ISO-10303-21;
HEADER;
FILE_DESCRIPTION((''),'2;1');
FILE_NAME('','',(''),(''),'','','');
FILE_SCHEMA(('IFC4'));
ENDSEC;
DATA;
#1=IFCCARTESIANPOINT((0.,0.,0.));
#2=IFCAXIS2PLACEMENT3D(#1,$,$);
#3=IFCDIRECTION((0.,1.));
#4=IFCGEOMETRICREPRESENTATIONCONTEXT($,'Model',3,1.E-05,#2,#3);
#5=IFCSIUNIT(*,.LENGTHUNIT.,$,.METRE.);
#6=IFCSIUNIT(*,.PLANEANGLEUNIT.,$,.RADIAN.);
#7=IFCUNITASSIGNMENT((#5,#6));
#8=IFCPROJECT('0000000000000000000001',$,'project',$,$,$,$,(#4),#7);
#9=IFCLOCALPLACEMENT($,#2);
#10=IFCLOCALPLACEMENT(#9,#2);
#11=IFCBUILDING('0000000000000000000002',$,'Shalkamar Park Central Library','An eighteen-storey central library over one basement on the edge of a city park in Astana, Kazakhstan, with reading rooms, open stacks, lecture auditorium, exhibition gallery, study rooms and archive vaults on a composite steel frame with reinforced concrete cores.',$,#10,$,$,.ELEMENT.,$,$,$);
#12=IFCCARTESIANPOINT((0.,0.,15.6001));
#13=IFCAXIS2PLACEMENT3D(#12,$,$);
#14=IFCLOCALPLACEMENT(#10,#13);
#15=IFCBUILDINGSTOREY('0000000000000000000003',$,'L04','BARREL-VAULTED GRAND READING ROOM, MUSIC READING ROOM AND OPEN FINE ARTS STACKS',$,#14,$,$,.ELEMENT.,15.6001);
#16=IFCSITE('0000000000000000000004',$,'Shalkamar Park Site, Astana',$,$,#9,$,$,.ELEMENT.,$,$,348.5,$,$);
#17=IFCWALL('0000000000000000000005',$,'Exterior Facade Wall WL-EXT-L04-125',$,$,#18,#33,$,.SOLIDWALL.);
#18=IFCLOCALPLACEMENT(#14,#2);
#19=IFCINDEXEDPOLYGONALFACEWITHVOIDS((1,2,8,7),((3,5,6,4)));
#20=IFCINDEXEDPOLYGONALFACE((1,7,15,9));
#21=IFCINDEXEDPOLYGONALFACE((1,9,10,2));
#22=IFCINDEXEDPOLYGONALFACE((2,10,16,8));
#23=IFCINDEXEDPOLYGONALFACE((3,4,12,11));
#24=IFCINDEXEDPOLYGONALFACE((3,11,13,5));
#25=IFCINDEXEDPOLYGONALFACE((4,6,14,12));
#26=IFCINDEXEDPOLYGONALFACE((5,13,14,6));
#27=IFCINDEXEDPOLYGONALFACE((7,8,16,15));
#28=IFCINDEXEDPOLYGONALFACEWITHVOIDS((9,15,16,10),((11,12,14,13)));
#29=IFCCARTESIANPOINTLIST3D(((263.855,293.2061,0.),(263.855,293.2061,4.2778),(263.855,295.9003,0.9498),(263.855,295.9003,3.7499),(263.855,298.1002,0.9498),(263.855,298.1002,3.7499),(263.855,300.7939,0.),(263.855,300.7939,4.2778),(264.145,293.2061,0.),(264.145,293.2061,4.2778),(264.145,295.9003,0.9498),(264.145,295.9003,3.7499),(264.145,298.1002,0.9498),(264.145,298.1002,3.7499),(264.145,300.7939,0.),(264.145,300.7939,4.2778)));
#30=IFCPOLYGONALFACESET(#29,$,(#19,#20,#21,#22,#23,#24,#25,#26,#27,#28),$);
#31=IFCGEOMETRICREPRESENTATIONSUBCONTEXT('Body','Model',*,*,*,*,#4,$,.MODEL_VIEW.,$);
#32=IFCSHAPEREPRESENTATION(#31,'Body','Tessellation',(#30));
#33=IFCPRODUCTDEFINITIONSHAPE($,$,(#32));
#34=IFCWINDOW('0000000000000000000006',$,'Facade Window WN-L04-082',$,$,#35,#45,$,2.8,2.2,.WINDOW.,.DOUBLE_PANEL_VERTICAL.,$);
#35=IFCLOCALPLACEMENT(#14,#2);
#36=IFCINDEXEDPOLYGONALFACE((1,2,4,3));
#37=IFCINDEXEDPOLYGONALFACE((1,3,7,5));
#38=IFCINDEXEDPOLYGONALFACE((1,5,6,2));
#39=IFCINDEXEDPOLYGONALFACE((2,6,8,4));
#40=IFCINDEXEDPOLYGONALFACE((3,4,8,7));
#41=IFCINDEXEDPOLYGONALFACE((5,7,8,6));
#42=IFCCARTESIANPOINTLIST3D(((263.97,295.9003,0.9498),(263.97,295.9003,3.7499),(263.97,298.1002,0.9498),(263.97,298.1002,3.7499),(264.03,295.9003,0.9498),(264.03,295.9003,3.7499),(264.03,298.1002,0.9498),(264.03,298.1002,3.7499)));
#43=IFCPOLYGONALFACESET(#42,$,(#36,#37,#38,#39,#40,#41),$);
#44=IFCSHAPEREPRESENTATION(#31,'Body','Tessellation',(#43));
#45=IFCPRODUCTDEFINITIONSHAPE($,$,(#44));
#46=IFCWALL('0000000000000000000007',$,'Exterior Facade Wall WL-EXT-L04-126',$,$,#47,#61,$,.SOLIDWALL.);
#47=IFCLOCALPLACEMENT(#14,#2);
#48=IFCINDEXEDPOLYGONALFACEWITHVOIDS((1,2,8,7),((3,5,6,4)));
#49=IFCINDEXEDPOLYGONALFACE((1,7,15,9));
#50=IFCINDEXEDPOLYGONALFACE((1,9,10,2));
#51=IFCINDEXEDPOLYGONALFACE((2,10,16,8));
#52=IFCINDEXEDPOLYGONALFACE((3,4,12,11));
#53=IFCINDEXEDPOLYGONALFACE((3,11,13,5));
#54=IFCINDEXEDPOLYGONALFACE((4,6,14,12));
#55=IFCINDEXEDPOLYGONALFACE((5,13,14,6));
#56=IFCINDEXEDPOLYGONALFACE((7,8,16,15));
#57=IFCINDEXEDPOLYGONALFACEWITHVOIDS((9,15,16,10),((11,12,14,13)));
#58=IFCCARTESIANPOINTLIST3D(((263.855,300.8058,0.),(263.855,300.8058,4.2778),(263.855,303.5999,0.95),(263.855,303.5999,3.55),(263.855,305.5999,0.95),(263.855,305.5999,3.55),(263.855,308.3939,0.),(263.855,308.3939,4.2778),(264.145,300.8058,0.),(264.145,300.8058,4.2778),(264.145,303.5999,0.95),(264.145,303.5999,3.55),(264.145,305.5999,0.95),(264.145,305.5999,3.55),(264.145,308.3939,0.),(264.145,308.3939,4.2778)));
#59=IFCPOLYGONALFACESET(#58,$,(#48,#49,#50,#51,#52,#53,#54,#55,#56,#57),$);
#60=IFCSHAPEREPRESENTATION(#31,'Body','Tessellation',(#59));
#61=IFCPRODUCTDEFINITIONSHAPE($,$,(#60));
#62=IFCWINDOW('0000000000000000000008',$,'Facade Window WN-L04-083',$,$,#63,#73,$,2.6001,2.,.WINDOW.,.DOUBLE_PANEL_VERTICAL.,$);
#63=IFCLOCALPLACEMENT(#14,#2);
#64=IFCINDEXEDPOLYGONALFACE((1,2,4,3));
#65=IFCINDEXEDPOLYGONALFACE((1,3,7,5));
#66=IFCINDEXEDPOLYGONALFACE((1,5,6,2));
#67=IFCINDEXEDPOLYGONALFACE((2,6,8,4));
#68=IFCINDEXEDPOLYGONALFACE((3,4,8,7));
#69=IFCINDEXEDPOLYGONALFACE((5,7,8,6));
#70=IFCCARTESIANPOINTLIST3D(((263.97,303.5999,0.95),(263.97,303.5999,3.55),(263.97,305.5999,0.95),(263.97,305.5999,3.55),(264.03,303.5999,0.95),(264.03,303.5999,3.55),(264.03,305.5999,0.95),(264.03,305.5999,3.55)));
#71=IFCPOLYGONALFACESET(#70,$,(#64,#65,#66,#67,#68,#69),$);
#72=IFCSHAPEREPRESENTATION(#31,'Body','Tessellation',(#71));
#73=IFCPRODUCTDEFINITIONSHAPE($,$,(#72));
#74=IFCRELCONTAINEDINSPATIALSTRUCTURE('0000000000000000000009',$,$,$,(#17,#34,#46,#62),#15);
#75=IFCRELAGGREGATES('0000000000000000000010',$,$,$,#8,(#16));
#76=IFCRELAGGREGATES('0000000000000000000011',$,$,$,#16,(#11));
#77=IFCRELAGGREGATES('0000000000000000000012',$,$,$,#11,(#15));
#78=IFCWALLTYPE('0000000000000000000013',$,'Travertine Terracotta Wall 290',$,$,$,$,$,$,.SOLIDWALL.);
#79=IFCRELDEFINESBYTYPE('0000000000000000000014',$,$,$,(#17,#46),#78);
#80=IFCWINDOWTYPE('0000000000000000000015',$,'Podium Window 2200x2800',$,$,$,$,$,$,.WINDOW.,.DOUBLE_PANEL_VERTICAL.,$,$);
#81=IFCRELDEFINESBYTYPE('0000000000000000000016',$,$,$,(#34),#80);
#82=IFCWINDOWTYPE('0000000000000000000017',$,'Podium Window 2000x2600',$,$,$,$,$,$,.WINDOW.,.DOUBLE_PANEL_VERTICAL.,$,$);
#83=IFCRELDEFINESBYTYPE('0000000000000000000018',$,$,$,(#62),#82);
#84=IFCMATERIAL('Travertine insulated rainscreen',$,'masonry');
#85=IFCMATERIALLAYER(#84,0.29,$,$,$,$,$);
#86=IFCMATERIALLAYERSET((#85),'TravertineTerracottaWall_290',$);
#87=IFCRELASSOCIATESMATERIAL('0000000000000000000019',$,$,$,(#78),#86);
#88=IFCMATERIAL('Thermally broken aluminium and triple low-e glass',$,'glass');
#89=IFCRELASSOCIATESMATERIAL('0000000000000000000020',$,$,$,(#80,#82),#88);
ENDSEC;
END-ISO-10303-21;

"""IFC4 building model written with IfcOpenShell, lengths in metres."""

from ifc_helpers import new_model, si_unit, direction, frame, frame_2d, origin, place, context, subcontext, project, spatial, rectangle, extrude, material, layer, layer_set, type_object, element, fill, save


model = new_model("IFC4")

# Units and contexts
model_context = context("Model", 3, precision=1e-05, world=origin(), true_north=direction((0.0, 1.0)))
body_context = subcontext(model_context, "Body", "Model", "MODEL_VIEW")
ifc_project = project(units=[si_unit("LENGTHUNIT", "METRE"), si_unit("PLANEANGLEUNIT", "RADIAN")], contexts=[model_context])

# Site, building, storey
site_placement = place(None, origin())
site = spatial("IfcSite", under=ifc_project, at=site_placement, Name="Shalkamar Park Site, Astana", CompositionType="ELEMENT", RefElevation=348.5)
building_placement = place(site_placement, origin())
building = spatial("IfcBuilding", under=site, at=building_placement, Name="Shalkamar Park Central Library", Description="An eighteen-storey central library over one basement on the edge of a city park in Astana, Kazakhstan, with reading rooms, open stacks, lecture auditorium, exhibition gallery, study rooms and archive vaults on a composite steel frame with reinforced concrete cores.", CompositionType="ELEMENT")
storey_placement = place(building_placement, frame((0.0, 0.0, 15.6001)))
storey = spatial("IfcBuildingStorey", under=building, at=storey_placement, Name="L04", Description="BARREL-VAULTED GRAND READING ROOM, MUSIC READING ROOM AND OPEN FINE ARTS STACKS", CompositionType="ELEMENT", Elevation=15.6001)

# Walls, openings, windows
ifc_material_1 = material(Name="Travertine insulated rainscreen", Category="masonry")
ifc_layer_1 = layer(ifc_material_1, 0.29)
ifc_layer_set_1 = layer_set([ifc_layer_1], Name="TravertineTerracottaWall_290")
wall_type_1 = type_object("IfcWallType", Name="Travertine Terracotta Wall 290", PredefinedType="SOLIDWALL", material=ifc_layer_set_1)
wall_1_placement = place(storey_placement, frame((264.0, 293.2061, 0.0), z_axis=(0.0, 0.0, 1.0), x_axis=(0.0, 1.0, 0.0)))
wall_1 = element("IfcWall", 1, at=wall_1_placement, inside=storey, type_object=wall_type_1, Name="Exterior Facade Wall WL-EXT-L04-125", PredefinedType="SOLIDWALL", context=body_context, shape_type="SweptSolid", body=[
    extrude(rectangle(XDim=7.5879, YDim=0.29, at=frame_2d((3.7939, 0.0))), origin(), (0.0, 0.0, 1.0), 4.2778),
])
opening_1_placement = place(wall_1_placement, frame((2.6941, 0.0, 0.95)))
opening_1 = element("IfcOpeningElement", 2, at=opening_1_placement, cuts=wall_1, PredefinedType="OPENING", context=body_context, shape_type="SweptSolid", body=[
    extrude(rectangle(XDim=2.2, YDim=2.8, at=frame_2d((1.1001, 1.3999))), frame((0.0, 0.1599, 0.0), z_axis=(0.0, -1.0, 0.0), x_axis=(1.0, 0.0, 0.0)), (0.0, 0.0, 1.0), 0.3198),
])
ifc_material_2 = material(Name="Thermally broken aluminium and triple low-e glass", Category="glass")
window_type_1 = type_object("IfcWindowType", Name="Podium Window 2200x2800", PartitioningType="DOUBLE_PANEL_VERTICAL", PredefinedType="WINDOW", material=ifc_material_2)
window_1_placement = place(opening_1_placement, origin())
window_1 = element("IfcWindow", 3, at=window_1_placement, inside=storey, type_object=window_type_1, Name="Facade Window WN-L04-082", OverallHeight=2.8, OverallWidth=2.2, PartitioningType="DOUBLE_PANEL_VERTICAL", PredefinedType="WINDOW", context=body_context, shape_type="SweptSolid", body=[
    extrude(rectangle(XDim=2.2, YDim=2.8, at=frame_2d((1.1001, 1.3999))), frame((0.0, 0.03, 0.0), z_axis=(0.0, -1.0, 0.0), x_axis=(1.0, 0.0, 0.0)), (0.0, 0.0, 1.0), 0.0601),
])
fill(opening_1, window_1)
wall_2_placement = place(storey_placement, frame((264.0, 300.8059, 0.0), z_axis=(0.0, 0.0, 1.0), x_axis=(0.0, 1.0, 0.0)))
wall_2 = element("IfcWall", 4, at=wall_2_placement, inside=storey, type_object=wall_type_1, Name="Exterior Facade Wall WL-EXT-L04-126", PredefinedType="SOLIDWALL", context=body_context, shape_type="SweptSolid", body=[
    extrude(rectangle(XDim=7.5881, YDim=0.29, at=frame_2d((3.7939, 0.0))), origin(), (0.0, 0.0, 1.0), 4.2778),
])
opening_2_placement = place(wall_2_placement, frame((2.7939, 0.0, 0.95)))
opening_2 = element("IfcOpeningElement", 5, at=opening_2_placement, cuts=wall_2, PredefinedType="OPENING", context=body_context, shape_type="SweptSolid", body=[
    extrude(rectangle(XDim=2.0, YDim=2.6001, at=frame_2d((1.0, 1.3))), frame((0.0, 0.1599, 0.0), z_axis=(0.0, -1.0, 0.0), x_axis=(1.0, 0.0, 0.0)), (0.0, 0.0, 1.0), 0.3198),
])
window_type_2 = type_object("IfcWindowType", Name="Podium Window 2000x2600", PartitioningType="DOUBLE_PANEL_VERTICAL", PredefinedType="WINDOW", material=ifc_material_2)
window_2_placement = place(opening_2_placement, origin())
window_2 = element("IfcWindow", 6, at=window_2_placement, inside=storey, type_object=window_type_2, Name="Facade Window WN-L04-083", OverallHeight=2.6001, OverallWidth=2.0, PartitioningType="DOUBLE_PANEL_VERTICAL", PredefinedType="WINDOW", context=body_context, shape_type="SweptSolid", body=[
    extrude(rectangle(XDim=2.0, YDim=2.6001, at=frame_2d((1.0, 1.3))), frame((0.0, 0.03, 0.0), z_axis=(0.0, -1.0, 0.0), x_axis=(1.0, 0.0, 0.0)), (0.0, 0.0, 1.0), 0.0601),
])
fill(opening_2, window_2)

save(model, "model.ifc")
